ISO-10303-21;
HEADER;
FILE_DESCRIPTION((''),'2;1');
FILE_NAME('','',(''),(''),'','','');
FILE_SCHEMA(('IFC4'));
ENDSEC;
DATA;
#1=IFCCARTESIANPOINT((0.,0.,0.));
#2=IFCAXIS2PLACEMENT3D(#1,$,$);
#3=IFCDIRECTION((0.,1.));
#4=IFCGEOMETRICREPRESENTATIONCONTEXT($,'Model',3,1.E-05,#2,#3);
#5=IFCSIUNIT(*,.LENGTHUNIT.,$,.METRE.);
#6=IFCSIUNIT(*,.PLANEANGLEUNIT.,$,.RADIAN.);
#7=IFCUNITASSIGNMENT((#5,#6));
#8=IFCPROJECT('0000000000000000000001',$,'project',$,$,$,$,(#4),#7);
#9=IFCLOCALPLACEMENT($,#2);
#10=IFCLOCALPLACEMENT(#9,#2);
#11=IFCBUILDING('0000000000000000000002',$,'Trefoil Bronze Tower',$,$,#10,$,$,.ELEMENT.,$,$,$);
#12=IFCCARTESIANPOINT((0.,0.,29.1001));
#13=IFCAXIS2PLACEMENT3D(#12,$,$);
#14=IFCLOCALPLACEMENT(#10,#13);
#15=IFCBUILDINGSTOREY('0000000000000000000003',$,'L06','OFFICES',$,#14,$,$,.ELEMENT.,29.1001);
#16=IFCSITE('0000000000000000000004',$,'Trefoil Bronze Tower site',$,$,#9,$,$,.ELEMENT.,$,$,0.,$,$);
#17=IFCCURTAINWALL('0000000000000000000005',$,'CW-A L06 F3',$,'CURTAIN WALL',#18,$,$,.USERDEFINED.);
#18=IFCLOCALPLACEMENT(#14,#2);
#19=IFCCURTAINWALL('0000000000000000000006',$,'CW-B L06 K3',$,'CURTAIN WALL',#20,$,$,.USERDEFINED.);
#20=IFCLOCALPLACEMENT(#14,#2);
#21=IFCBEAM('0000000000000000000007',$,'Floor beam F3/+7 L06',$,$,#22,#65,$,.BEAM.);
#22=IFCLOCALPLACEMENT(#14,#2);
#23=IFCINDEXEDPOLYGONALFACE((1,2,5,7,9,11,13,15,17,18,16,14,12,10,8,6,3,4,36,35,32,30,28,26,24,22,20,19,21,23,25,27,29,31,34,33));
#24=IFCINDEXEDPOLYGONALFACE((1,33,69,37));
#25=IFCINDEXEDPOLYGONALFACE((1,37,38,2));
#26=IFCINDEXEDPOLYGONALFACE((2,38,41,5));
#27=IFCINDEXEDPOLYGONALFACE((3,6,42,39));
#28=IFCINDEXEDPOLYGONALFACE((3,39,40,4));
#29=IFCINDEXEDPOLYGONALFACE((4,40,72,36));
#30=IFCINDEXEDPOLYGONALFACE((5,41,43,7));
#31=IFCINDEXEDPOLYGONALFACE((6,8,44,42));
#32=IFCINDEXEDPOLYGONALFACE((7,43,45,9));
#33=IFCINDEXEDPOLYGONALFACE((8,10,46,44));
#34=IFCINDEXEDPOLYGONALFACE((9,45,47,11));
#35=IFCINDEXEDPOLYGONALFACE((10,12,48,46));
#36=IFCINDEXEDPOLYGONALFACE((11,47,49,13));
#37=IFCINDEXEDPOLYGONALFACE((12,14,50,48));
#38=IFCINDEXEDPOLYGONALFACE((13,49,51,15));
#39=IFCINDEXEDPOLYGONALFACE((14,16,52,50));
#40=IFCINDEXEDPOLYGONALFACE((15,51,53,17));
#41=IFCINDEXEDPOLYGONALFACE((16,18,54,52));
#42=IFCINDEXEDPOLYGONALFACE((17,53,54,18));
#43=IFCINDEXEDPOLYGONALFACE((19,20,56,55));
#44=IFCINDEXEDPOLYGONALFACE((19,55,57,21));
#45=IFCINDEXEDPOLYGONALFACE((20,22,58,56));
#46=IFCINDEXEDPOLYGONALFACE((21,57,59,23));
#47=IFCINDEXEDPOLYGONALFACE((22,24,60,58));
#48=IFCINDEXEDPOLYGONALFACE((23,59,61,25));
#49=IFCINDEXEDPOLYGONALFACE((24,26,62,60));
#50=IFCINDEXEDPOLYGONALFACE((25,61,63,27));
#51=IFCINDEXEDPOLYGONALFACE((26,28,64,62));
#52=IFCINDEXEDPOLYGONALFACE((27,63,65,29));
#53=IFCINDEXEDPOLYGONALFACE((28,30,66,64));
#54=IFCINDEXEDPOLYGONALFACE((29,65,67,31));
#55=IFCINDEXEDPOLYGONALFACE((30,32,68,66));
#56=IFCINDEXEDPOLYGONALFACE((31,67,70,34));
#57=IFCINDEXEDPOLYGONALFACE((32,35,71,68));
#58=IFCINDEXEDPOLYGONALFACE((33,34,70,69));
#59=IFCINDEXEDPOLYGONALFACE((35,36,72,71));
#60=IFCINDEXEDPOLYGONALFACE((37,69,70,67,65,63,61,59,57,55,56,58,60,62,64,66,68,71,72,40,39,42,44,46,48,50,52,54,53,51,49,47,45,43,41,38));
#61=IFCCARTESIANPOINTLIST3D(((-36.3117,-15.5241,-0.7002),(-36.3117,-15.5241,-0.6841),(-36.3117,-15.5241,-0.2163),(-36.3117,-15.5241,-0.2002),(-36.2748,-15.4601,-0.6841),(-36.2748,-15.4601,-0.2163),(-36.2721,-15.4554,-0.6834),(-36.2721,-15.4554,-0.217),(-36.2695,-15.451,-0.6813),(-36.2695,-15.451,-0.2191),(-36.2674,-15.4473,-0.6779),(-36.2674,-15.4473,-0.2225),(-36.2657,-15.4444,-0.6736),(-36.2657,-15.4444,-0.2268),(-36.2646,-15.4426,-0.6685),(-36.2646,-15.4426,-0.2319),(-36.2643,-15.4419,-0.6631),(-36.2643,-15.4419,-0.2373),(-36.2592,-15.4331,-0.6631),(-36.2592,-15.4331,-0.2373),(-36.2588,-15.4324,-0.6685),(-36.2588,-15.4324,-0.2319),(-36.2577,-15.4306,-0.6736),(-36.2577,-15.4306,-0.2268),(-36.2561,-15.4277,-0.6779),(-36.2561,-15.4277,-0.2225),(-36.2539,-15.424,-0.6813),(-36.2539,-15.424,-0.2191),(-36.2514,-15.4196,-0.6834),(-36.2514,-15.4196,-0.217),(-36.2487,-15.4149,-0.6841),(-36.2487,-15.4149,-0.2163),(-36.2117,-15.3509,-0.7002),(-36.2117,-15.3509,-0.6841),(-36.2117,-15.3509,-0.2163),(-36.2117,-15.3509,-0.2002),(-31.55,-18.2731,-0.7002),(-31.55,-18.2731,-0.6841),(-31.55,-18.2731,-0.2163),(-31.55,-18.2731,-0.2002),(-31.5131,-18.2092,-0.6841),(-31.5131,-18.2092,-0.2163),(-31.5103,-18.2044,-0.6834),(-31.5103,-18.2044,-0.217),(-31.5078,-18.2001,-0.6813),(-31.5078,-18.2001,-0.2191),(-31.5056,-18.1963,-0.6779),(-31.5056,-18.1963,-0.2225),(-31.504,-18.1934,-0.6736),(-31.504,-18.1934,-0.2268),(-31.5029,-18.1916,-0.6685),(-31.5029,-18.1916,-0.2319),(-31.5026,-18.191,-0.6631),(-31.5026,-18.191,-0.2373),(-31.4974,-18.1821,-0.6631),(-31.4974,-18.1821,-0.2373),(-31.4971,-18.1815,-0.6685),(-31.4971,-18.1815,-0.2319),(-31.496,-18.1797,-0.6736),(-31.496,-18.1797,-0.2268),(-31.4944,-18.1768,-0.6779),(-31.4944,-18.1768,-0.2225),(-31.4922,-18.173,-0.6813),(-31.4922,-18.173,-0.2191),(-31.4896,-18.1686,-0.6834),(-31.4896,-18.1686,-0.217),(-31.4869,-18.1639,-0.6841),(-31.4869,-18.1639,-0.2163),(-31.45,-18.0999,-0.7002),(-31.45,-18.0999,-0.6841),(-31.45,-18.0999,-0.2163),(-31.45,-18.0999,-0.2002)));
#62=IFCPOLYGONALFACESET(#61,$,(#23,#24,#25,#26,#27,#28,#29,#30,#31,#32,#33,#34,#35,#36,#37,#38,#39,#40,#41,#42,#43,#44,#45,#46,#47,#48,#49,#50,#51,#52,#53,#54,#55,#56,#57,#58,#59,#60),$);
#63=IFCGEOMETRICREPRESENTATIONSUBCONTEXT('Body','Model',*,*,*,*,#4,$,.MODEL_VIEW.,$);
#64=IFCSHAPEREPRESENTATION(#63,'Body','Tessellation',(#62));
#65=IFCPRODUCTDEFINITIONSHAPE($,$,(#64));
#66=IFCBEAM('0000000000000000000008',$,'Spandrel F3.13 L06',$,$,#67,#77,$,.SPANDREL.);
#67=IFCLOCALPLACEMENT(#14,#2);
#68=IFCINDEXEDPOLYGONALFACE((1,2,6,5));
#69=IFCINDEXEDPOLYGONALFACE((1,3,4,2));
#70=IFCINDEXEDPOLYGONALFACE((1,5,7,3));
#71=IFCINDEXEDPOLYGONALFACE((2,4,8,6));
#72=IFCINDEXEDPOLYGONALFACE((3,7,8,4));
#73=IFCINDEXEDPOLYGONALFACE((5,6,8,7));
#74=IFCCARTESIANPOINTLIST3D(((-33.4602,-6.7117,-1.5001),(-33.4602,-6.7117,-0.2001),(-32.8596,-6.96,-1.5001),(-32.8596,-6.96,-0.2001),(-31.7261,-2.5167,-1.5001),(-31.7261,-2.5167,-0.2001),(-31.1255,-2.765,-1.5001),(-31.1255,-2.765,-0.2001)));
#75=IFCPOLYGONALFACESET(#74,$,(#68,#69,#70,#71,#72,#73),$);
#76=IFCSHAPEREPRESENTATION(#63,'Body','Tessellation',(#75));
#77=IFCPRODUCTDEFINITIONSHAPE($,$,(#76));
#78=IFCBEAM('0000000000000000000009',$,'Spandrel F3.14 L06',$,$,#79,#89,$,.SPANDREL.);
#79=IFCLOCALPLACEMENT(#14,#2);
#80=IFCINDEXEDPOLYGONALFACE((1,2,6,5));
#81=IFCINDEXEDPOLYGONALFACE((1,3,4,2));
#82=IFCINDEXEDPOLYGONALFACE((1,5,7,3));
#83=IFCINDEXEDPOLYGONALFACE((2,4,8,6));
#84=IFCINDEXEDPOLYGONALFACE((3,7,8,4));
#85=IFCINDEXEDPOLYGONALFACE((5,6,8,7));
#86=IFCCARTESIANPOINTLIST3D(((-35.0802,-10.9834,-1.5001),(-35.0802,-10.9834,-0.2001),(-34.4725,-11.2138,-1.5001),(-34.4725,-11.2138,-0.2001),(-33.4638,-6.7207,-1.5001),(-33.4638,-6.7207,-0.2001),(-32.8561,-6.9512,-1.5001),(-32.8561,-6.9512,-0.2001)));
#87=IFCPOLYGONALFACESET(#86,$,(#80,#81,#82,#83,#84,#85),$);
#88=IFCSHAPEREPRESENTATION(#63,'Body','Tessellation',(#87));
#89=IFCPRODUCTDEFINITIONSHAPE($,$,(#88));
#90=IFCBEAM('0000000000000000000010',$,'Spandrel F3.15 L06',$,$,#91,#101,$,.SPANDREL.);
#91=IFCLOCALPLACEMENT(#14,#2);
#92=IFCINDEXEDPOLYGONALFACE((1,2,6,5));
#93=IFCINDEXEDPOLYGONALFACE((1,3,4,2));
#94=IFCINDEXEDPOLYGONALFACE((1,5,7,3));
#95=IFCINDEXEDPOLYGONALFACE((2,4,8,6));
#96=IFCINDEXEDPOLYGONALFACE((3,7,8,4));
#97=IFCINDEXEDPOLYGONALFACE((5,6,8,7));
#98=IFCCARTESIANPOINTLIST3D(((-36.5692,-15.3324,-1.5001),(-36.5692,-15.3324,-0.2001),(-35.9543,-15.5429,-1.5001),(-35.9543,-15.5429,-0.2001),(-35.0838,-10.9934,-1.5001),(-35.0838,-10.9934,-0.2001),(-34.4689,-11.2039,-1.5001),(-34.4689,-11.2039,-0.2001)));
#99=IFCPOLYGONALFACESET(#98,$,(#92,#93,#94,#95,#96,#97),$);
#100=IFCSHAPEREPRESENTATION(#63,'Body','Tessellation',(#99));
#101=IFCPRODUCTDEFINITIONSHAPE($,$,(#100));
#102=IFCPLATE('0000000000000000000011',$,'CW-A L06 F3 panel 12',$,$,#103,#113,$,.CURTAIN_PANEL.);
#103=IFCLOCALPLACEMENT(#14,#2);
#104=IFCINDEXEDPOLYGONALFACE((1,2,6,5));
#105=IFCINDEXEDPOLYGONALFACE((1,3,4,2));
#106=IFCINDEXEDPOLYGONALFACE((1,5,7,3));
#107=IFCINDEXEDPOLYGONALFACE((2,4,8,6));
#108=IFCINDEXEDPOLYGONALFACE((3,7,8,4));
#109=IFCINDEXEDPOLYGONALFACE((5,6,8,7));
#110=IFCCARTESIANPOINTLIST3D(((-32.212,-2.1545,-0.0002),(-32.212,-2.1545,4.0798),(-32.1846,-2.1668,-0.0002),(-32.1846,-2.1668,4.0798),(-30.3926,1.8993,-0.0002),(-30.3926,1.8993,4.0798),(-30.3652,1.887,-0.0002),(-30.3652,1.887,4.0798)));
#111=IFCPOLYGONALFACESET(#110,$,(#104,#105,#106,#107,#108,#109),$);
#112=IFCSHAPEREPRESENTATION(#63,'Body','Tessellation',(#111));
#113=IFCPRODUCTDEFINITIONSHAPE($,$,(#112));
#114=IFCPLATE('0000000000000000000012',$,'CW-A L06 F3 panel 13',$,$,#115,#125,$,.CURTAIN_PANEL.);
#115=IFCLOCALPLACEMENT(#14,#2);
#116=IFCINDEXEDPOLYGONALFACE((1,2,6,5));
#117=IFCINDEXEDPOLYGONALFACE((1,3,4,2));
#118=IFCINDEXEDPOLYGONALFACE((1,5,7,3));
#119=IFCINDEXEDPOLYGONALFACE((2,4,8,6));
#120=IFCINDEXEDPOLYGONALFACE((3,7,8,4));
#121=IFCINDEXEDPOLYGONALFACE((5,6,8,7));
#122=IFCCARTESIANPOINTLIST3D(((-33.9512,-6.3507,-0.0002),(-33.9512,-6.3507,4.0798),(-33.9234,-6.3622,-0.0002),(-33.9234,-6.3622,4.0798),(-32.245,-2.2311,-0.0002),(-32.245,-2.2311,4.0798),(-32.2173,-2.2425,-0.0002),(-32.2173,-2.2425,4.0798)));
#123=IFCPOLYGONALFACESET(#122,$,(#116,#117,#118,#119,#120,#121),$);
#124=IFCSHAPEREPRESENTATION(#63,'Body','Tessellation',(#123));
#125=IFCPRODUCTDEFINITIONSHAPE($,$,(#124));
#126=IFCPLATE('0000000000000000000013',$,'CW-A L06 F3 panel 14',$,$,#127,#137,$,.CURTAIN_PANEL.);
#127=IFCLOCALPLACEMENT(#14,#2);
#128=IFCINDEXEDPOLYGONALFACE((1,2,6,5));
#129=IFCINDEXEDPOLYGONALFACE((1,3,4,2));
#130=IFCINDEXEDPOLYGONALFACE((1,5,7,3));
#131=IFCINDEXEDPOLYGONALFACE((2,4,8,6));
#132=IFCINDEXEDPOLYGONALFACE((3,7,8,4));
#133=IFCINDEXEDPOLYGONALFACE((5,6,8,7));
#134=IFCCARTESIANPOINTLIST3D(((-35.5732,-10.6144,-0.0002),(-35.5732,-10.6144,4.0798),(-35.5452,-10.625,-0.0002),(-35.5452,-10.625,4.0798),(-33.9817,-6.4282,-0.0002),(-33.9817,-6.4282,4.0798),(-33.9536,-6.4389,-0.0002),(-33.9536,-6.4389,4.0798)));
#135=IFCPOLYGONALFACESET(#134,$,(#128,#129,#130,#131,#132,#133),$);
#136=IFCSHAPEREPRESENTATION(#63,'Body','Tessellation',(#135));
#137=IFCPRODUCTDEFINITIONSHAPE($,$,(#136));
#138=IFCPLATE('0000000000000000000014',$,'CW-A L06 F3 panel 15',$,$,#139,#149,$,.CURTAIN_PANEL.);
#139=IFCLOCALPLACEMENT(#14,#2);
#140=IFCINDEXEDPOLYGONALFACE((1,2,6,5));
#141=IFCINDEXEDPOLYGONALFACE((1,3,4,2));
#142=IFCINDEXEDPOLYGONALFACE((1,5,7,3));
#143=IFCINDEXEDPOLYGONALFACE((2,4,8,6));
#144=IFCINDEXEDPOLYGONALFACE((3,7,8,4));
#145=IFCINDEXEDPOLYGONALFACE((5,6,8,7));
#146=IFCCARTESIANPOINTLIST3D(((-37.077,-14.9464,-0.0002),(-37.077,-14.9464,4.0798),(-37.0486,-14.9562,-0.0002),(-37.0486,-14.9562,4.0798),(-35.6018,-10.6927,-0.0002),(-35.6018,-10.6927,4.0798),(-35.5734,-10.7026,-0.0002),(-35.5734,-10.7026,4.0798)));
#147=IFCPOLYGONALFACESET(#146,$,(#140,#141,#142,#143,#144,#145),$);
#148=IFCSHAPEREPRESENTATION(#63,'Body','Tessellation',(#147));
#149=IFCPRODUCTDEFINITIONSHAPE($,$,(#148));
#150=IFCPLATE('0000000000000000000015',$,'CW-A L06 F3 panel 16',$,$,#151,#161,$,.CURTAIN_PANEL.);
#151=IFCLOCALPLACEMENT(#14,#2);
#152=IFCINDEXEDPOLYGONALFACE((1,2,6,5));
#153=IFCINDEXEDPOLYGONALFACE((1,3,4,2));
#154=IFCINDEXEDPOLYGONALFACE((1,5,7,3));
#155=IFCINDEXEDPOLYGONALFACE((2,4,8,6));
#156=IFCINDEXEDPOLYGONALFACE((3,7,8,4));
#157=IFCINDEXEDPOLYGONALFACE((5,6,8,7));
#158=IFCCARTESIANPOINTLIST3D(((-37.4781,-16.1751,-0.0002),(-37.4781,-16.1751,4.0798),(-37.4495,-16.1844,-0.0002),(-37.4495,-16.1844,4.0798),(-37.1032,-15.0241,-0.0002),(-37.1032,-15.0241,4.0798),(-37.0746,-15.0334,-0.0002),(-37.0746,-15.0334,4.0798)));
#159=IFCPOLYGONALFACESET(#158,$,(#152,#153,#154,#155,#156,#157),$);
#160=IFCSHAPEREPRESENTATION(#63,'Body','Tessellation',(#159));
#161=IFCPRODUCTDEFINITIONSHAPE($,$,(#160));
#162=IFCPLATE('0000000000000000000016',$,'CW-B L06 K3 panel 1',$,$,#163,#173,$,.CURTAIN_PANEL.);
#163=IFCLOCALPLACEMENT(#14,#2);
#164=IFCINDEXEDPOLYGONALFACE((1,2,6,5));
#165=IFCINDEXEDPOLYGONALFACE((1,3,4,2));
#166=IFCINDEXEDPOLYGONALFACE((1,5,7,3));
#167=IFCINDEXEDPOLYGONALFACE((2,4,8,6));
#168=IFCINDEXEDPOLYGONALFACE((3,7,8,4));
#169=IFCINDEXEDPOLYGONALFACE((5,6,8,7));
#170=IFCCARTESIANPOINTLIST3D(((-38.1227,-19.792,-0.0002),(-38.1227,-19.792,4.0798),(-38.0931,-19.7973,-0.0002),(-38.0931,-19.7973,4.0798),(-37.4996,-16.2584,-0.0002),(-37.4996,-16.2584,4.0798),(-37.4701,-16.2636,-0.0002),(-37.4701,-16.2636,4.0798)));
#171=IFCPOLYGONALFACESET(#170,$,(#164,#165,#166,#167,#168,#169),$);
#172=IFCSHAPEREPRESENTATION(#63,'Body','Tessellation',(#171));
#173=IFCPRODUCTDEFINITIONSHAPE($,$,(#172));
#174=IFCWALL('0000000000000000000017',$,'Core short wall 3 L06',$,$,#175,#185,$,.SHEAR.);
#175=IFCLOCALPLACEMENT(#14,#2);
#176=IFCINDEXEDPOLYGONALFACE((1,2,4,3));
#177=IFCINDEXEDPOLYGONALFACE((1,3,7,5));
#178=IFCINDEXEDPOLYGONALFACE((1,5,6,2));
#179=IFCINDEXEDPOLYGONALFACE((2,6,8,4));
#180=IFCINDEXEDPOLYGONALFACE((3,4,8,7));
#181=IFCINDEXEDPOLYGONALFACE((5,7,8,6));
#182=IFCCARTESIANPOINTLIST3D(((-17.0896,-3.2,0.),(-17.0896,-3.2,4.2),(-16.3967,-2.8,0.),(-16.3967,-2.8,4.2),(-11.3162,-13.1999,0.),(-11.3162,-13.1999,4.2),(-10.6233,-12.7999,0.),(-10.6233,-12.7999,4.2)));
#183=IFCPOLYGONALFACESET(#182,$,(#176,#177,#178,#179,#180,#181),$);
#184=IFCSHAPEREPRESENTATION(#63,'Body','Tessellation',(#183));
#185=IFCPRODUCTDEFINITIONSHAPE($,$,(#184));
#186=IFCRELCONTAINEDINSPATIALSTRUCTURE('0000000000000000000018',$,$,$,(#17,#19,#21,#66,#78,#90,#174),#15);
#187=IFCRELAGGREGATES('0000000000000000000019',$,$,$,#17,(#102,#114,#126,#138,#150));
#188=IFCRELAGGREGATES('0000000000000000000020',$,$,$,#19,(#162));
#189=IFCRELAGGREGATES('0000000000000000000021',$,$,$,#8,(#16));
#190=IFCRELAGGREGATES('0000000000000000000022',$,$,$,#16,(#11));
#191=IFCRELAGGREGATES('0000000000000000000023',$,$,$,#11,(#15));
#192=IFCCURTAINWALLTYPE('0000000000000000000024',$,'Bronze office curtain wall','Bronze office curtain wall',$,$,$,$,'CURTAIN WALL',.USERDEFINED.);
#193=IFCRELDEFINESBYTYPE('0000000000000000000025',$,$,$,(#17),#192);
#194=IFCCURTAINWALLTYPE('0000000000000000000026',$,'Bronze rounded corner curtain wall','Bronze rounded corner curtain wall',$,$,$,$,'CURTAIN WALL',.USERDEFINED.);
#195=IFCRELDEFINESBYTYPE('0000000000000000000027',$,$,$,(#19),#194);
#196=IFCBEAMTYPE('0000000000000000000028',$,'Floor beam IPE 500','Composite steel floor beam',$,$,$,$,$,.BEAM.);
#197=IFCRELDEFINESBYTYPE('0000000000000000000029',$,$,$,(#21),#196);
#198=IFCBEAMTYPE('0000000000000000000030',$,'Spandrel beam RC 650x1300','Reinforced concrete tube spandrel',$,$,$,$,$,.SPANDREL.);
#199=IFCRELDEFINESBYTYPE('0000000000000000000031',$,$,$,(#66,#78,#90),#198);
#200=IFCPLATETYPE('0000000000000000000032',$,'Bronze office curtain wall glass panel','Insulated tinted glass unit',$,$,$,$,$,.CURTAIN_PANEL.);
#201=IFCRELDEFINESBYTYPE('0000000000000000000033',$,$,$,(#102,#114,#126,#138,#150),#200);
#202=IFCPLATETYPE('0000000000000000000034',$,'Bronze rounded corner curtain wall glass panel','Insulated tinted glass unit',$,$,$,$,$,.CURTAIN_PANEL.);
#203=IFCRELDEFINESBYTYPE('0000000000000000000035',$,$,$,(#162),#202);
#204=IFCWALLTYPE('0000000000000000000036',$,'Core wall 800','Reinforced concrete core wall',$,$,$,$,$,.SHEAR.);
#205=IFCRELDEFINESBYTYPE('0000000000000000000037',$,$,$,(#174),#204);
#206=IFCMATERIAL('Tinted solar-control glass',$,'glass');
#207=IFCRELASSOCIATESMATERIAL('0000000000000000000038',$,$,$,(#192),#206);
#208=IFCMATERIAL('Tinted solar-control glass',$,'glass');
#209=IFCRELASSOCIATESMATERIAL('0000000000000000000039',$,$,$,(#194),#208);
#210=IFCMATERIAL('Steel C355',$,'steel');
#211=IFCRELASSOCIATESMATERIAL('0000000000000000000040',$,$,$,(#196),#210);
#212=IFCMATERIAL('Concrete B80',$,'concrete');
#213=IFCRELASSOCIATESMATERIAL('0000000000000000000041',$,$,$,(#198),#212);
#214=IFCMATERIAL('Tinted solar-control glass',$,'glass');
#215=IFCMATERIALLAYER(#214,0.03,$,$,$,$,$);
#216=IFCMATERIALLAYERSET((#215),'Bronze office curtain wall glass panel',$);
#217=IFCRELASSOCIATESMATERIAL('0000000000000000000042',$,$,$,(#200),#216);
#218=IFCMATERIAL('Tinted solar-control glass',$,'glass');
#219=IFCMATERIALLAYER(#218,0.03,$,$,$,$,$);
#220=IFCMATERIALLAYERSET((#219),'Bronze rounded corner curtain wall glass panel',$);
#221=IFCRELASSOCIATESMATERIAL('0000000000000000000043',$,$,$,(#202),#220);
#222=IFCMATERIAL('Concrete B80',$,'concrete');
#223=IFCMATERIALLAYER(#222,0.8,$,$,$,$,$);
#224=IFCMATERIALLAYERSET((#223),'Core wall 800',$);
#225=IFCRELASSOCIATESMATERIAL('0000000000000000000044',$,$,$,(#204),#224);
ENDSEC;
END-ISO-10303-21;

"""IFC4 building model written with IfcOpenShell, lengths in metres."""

from ifc_helpers import new_model, si_unit, direction, frame, frame_2d, origin, origin_2d, place, context, subcontext, project, spatial, rectangle, i_section, extrude, material, layer, layer_set, material_profile, profile_set, type_object, element, aggregate, save


model = new_model("IFC4")

# Units and contexts
model_context = context("Model", 3, precision=1e-05, world=origin(), true_north=direction((0.0, 1.0)))
body_context = subcontext(model_context, "Body", "Model", "MODEL_VIEW")
ifc_project = project(units=[si_unit("LENGTHUNIT", "METRE"), si_unit("PLANEANGLEUNIT", "RADIAN")], contexts=[model_context])

# Site, building, storey
site_placement = place(None, origin())
site = spatial("IfcSite", under=ifc_project, at=site_placement, Name="Trefoil Bronze Tower site", CompositionType="ELEMENT", RefElevation=0.0)
building_placement = place(site_placement, origin())
building = spatial("IfcBuilding", under=site, at=building_placement, Name="Trefoil Bronze Tower", CompositionType="ELEMENT")
storey_placement = place(building_placement, frame((0.0, 0.0, 29.1001)))
storey = spatial("IfcBuildingStorey", under=building, at=storey_placement, Name="L06", Description="OFFICES", CompositionType="ELEMENT", Elevation=29.1001)

# Curtain walls
ifc_material_1 = material(Name="Tinted solar-control glass", Category="glass")
curtain_wall_type_1 = type_object("IfcCurtainWallType", Name="Bronze office curtain wall", Description="Bronze office curtain wall", ElementType="CURTAIN WALL", PredefinedType="USERDEFINED", material=ifc_material_1)
curtain_wall_1_placement = place(storey_placement, origin())
curtain_wall_1 = element("IfcCurtainWall", 1, at=curtain_wall_1_placement, inside=storey, type_object=curtain_wall_type_1, Name="CW-A L06 F3", ObjectType="CURTAIN WALL", PredefinedType="USERDEFINED")
ifc_material_2 = material(Name="Tinted solar-control glass", Category="glass")
curtain_wall_type_2 = type_object("IfcCurtainWallType", Name="Bronze rounded corner curtain wall", Description="Bronze rounded corner curtain wall", ElementType="CURTAIN WALL", PredefinedType="USERDEFINED", material=ifc_material_2)
curtain_wall_2_placement = place(storey_placement, origin())
curtain_wall_2 = element("IfcCurtainWall", 2, at=curtain_wall_2_placement, inside=storey, type_object=curtain_wall_type_2, Name="CW-B L06 K3", ObjectType="CURTAIN WALL", PredefinedType="USERDEFINED")

# Beams
ifc_material_3 = material(Name="Steel C355", Category="steel")
ifc_material_profile_1 = material_profile(ifc_material_3, i_section(OverallWidth=0.2, OverallDepth=0.5, WebThickness=0.0103, FlangeThickness=0.0161, FilletRadius=0.021, at=origin_2d()), Name="IPE 500")
ifc_profile_set_1 = profile_set([ifc_material_profile_1], Name="Steel C355")
beam_type_1 = type_object("IfcBeamType", Name="Floor beam IPE 500", Description="Composite steel floor beam", PredefinedType="BEAM", material=ifc_profile_set_1)
beam_1_placement = place(storey_placement, frame((-36.2617, -15.4375, -0.4502), z_axis=(0.866038, -0.499979, 0.0), x_axis=(0.499979, 0.866038, 0.0)))
element("IfcBeam", 3, at=beam_1_placement, inside=storey, type_object=beam_type_1, Name="Floor beam F3/+7 L06", PredefinedType="BEAM", context=body_context, shape_type="SweptSolid", body=[
    extrude(i_section(OverallWidth=0.2, OverallDepth=0.5, WebThickness=0.0103, FlangeThickness=0.0161, FilletRadius=0.021, at=origin_2d()), origin(), (0.0, 0.0, 1.0), 5.4983),
])
ifc_material_4 = material(Name="Concrete B80", Category="concrete")
ifc_material_profile_2 = material_profile(ifc_material_4, rectangle(XDim=0.6499, YDim=1.3, at=origin_2d()), Name="RC 650x1300")
ifc_profile_set_2 = profile_set([ifc_material_profile_2], Name="Concrete B80")
beam_type_2 = type_object("IfcBeamType", Name="Spandrel beam RC 650x1300", Description="Reinforced concrete tube spandrel", PredefinedType="SPANDREL", material=ifc_profile_set_2)
beam_2_placement = place(storey_placement, frame((-31.4258, -2.6409, -0.8501), z_axis=(-0.382021, -0.924154, 0.0), x_axis=(0.924154, -0.382021, 0.0)))
element("IfcBeam", 4, at=beam_2_placement, inside=storey, type_object=beam_type_2, Name="Spandrel F3.13 L06", PredefinedType="SPANDREL", context=body_context, shape_type="SweptSolid", body=[
    extrude(rectangle(XDim=0.6499, YDim=1.3, at=origin_2d()), origin(), (0.0, 0.0, 1.0), 4.5393),
])
beam_3_placement = place(storey_placement, frame((-33.1599, -6.8359, -0.8501), z_axis=(-0.354572, -0.935029, 0.0), x_axis=(0.935029, -0.354572, 0.0)))
element("IfcBeam", 5, at=beam_3_placement, inside=storey, type_object=beam_type_2, Name="Spandrel F3.14 L06", PredefinedType="SPANDREL", context=body_context, shape_type="SweptSolid", body=[
    extrude(rectangle(XDim=0.6499, YDim=1.3, at=origin_2d()), origin(), (0.0, 0.0, 1.0), 4.5588),
])
beam_4_placement = place(storey_placement, frame((-34.7764, -11.0986, -0.8501), z_axis=(-0.323883, -0.946097, 0.0), x_axis=(0.946097, -0.323883, 0.0)))
element("IfcBeam", 6, at=beam_4_placement, inside=storey, type_object=beam_type_2, Name="Spandrel F3.15 L06", PredefinedType="SPANDREL", context=body_context, shape_type="SweptSolid", body=[
    extrude(rectangle(XDim=0.6499, YDim=1.3, at=origin_2d()), origin(), (0.0, 0.0, 1.0), 4.5862),
])

# Plates
ifc_material_5 = material(Name="Tinted solar-control glass", Category="glass")
ifc_layer_1 = layer(ifc_material_5, 0.03)
ifc_layer_set_1 = layer_set([ifc_layer_1], Name="Bronze office curtain wall glass panel")
plate_type_1 = type_object("IfcPlateType", Name="Bronze office curtain wall glass panel", Description="Insulated tinted glass unit", PredefinedType="CURTAIN_PANEL", material=ifc_layer_set_1)
plate_1_placement = place(storey_placement, frame((-31.2886, -0.1338, -0.0002), z_axis=(0.0, 0.0, 1.0), x_axis=(-0.409456, -0.91233, 0.0)))
plate_1 = element("IfcPlate", 7, at=plate_1_placement, type_object=plate_type_1, Name="CW-A L06 F3 panel 12", PredefinedType="CURTAIN_PANEL", context=body_context, shape_type="SweptSolid", body=[
    extrude(rectangle(XDim=4.4434, YDim=0.03, at=origin_2d()), origin(), (0.0, 0.0, 1.0), 4.0801),
])
plate_2_placement = place(storey_placement, frame((-33.0842, -4.2966, -0.0002), z_axis=(0.0, 0.0, 1.0), x_axis=(-0.38263, -0.923902, 0.0)))
plate_2 = element("IfcPlate", 8, at=plate_2_placement, type_object=plate_type_1, Name="CW-A L06 F3 panel 13", PredefinedType="CURTAIN_PANEL", context=body_context, shape_type="SweptSolid", body=[
    extrude(rectangle(XDim=4.459, YDim=0.03, at=origin_2d()), origin(), (0.0, 0.0, 1.0), 4.0801),
])
plate_3_placement = place(storey_placement, frame((-34.7634, -8.5266, -0.0002), z_axis=(0.0, 0.0, 1.0), x_axis=(-0.355371, -0.934725, 0.0)))
plate_3 = element("IfcPlate", 9, at=plate_3_placement, type_object=plate_type_1, Name="CW-A L06 F3 panel 14", PredefinedType="CURTAIN_PANEL", context=body_context, shape_type="SweptSolid", body=[
    extrude(rectangle(XDim=4.4785, YDim=0.03, at=origin_2d()), origin(), (0.0, 0.0, 1.0), 4.0801),
])
plate_4_placement = place(storey_placement, frame((-36.3252, -12.8245, -0.0002), z_axis=(0.0, 0.0, 1.0), x_axis=(-0.327674, -0.944791, 0.0)))
plate_4 = element("IfcPlate", 10, at=plate_4_placement, type_object=plate_type_1, Name="CW-A L06 F3 panel 15", PredefinedType="CURTAIN_PANEL", context=body_context, shape_type="SweptSolid", body=[
    extrude(rectangle(XDim=4.5022, YDim=0.03, at=origin_2d()), origin(), (0.0, 0.0, 1.0), 4.0801),
])
plate_5_placement = place(storey_placement, frame((-37.2764, -15.6042, -0.0002), z_axis=(0.0, 0.0, 1.0), x_axis=(-0.309728, -0.950825, 0.0)))
plate_5 = element("IfcPlate", 11, at=plate_5_placement, type_object=plate_type_1, Name="CW-A L06 F3 panel 16", PredefinedType="CURTAIN_PANEL", context=body_context, shape_type="SweptSolid", body=[
    extrude(rectangle(XDim=1.2104, YDim=0.03, at=origin_2d()), origin(), (0.0, 0.0, 1.0), 4.0801),
])
aggregate(curtain_wall_1, [plate_1, plate_2, plate_3, plate_4, plate_5])
ifc_material_6 = material(Name="Tinted solar-control glass", Category="glass")
ifc_layer_2 = layer(ifc_material_6, 0.03)
ifc_layer_set_2 = layer_set([ifc_layer_2], Name="Bronze rounded corner curtain wall glass panel")
plate_type_2 = type_object("IfcPlateType", Name="Bronze rounded corner curtain wall glass panel", Description="Insulated tinted glass unit", PredefinedType="CURTAIN_PANEL", material=ifc_layer_set_2)
plate_6_placement = place(storey_placement, frame((-37.7964, -18.0278, -0.0002), z_axis=(0.0, 0.0, 1.0), x_axis=(-0.173648, -0.984808, 0.0)))
plate_6 = element("IfcPlate", 12, at=plate_6_placement, type_object=plate_type_2, Name="CW-B L06 K3 panel 1", PredefinedType="CURTAIN_PANEL", context=body_context, shape_type="SweptSolid", body=[
    extrude(rectangle(XDim=3.5881, YDim=0.03, at=origin_2d()), origin(), (0.0, 0.0, 1.0), 4.0801),
])
aggregate(curtain_wall_2, [plate_6])

# Wall
ifc_material_7 = material(Name="Concrete B80", Category="concrete")
ifc_layer_3 = layer(ifc_material_7, 0.8)
ifc_layer_set_3 = layer_set([ifc_layer_3], Name="Core wall 800")
wall_type_1 = type_object("IfcWallType", Name="Core wall 800", Description="Reinforced concrete core wall", PredefinedType="SHEAR", material=ifc_layer_set_3)
wall_1_placement = place(storey_placement, frame((-16.7432, -3.0, 0.0), z_axis=(0.0, 0.0, 1.0), x_axis=(0.499996, -0.866028, 0.0)))
element("IfcWall", 13, at=wall_1_placement, inside=storey, type_object=wall_type_1, Name="Core short wall 3 L06", PredefinedType="SHEAR", context=body_context, shape_type="SweptSolid", body=[
    extrude(rectangle(XDim=11.5469, YDim=0.8, at=frame_2d((5.7734, 0.0))), origin(), (0.0, 0.0, 1.0), 4.2),
])

save(model, "model.ifc")
